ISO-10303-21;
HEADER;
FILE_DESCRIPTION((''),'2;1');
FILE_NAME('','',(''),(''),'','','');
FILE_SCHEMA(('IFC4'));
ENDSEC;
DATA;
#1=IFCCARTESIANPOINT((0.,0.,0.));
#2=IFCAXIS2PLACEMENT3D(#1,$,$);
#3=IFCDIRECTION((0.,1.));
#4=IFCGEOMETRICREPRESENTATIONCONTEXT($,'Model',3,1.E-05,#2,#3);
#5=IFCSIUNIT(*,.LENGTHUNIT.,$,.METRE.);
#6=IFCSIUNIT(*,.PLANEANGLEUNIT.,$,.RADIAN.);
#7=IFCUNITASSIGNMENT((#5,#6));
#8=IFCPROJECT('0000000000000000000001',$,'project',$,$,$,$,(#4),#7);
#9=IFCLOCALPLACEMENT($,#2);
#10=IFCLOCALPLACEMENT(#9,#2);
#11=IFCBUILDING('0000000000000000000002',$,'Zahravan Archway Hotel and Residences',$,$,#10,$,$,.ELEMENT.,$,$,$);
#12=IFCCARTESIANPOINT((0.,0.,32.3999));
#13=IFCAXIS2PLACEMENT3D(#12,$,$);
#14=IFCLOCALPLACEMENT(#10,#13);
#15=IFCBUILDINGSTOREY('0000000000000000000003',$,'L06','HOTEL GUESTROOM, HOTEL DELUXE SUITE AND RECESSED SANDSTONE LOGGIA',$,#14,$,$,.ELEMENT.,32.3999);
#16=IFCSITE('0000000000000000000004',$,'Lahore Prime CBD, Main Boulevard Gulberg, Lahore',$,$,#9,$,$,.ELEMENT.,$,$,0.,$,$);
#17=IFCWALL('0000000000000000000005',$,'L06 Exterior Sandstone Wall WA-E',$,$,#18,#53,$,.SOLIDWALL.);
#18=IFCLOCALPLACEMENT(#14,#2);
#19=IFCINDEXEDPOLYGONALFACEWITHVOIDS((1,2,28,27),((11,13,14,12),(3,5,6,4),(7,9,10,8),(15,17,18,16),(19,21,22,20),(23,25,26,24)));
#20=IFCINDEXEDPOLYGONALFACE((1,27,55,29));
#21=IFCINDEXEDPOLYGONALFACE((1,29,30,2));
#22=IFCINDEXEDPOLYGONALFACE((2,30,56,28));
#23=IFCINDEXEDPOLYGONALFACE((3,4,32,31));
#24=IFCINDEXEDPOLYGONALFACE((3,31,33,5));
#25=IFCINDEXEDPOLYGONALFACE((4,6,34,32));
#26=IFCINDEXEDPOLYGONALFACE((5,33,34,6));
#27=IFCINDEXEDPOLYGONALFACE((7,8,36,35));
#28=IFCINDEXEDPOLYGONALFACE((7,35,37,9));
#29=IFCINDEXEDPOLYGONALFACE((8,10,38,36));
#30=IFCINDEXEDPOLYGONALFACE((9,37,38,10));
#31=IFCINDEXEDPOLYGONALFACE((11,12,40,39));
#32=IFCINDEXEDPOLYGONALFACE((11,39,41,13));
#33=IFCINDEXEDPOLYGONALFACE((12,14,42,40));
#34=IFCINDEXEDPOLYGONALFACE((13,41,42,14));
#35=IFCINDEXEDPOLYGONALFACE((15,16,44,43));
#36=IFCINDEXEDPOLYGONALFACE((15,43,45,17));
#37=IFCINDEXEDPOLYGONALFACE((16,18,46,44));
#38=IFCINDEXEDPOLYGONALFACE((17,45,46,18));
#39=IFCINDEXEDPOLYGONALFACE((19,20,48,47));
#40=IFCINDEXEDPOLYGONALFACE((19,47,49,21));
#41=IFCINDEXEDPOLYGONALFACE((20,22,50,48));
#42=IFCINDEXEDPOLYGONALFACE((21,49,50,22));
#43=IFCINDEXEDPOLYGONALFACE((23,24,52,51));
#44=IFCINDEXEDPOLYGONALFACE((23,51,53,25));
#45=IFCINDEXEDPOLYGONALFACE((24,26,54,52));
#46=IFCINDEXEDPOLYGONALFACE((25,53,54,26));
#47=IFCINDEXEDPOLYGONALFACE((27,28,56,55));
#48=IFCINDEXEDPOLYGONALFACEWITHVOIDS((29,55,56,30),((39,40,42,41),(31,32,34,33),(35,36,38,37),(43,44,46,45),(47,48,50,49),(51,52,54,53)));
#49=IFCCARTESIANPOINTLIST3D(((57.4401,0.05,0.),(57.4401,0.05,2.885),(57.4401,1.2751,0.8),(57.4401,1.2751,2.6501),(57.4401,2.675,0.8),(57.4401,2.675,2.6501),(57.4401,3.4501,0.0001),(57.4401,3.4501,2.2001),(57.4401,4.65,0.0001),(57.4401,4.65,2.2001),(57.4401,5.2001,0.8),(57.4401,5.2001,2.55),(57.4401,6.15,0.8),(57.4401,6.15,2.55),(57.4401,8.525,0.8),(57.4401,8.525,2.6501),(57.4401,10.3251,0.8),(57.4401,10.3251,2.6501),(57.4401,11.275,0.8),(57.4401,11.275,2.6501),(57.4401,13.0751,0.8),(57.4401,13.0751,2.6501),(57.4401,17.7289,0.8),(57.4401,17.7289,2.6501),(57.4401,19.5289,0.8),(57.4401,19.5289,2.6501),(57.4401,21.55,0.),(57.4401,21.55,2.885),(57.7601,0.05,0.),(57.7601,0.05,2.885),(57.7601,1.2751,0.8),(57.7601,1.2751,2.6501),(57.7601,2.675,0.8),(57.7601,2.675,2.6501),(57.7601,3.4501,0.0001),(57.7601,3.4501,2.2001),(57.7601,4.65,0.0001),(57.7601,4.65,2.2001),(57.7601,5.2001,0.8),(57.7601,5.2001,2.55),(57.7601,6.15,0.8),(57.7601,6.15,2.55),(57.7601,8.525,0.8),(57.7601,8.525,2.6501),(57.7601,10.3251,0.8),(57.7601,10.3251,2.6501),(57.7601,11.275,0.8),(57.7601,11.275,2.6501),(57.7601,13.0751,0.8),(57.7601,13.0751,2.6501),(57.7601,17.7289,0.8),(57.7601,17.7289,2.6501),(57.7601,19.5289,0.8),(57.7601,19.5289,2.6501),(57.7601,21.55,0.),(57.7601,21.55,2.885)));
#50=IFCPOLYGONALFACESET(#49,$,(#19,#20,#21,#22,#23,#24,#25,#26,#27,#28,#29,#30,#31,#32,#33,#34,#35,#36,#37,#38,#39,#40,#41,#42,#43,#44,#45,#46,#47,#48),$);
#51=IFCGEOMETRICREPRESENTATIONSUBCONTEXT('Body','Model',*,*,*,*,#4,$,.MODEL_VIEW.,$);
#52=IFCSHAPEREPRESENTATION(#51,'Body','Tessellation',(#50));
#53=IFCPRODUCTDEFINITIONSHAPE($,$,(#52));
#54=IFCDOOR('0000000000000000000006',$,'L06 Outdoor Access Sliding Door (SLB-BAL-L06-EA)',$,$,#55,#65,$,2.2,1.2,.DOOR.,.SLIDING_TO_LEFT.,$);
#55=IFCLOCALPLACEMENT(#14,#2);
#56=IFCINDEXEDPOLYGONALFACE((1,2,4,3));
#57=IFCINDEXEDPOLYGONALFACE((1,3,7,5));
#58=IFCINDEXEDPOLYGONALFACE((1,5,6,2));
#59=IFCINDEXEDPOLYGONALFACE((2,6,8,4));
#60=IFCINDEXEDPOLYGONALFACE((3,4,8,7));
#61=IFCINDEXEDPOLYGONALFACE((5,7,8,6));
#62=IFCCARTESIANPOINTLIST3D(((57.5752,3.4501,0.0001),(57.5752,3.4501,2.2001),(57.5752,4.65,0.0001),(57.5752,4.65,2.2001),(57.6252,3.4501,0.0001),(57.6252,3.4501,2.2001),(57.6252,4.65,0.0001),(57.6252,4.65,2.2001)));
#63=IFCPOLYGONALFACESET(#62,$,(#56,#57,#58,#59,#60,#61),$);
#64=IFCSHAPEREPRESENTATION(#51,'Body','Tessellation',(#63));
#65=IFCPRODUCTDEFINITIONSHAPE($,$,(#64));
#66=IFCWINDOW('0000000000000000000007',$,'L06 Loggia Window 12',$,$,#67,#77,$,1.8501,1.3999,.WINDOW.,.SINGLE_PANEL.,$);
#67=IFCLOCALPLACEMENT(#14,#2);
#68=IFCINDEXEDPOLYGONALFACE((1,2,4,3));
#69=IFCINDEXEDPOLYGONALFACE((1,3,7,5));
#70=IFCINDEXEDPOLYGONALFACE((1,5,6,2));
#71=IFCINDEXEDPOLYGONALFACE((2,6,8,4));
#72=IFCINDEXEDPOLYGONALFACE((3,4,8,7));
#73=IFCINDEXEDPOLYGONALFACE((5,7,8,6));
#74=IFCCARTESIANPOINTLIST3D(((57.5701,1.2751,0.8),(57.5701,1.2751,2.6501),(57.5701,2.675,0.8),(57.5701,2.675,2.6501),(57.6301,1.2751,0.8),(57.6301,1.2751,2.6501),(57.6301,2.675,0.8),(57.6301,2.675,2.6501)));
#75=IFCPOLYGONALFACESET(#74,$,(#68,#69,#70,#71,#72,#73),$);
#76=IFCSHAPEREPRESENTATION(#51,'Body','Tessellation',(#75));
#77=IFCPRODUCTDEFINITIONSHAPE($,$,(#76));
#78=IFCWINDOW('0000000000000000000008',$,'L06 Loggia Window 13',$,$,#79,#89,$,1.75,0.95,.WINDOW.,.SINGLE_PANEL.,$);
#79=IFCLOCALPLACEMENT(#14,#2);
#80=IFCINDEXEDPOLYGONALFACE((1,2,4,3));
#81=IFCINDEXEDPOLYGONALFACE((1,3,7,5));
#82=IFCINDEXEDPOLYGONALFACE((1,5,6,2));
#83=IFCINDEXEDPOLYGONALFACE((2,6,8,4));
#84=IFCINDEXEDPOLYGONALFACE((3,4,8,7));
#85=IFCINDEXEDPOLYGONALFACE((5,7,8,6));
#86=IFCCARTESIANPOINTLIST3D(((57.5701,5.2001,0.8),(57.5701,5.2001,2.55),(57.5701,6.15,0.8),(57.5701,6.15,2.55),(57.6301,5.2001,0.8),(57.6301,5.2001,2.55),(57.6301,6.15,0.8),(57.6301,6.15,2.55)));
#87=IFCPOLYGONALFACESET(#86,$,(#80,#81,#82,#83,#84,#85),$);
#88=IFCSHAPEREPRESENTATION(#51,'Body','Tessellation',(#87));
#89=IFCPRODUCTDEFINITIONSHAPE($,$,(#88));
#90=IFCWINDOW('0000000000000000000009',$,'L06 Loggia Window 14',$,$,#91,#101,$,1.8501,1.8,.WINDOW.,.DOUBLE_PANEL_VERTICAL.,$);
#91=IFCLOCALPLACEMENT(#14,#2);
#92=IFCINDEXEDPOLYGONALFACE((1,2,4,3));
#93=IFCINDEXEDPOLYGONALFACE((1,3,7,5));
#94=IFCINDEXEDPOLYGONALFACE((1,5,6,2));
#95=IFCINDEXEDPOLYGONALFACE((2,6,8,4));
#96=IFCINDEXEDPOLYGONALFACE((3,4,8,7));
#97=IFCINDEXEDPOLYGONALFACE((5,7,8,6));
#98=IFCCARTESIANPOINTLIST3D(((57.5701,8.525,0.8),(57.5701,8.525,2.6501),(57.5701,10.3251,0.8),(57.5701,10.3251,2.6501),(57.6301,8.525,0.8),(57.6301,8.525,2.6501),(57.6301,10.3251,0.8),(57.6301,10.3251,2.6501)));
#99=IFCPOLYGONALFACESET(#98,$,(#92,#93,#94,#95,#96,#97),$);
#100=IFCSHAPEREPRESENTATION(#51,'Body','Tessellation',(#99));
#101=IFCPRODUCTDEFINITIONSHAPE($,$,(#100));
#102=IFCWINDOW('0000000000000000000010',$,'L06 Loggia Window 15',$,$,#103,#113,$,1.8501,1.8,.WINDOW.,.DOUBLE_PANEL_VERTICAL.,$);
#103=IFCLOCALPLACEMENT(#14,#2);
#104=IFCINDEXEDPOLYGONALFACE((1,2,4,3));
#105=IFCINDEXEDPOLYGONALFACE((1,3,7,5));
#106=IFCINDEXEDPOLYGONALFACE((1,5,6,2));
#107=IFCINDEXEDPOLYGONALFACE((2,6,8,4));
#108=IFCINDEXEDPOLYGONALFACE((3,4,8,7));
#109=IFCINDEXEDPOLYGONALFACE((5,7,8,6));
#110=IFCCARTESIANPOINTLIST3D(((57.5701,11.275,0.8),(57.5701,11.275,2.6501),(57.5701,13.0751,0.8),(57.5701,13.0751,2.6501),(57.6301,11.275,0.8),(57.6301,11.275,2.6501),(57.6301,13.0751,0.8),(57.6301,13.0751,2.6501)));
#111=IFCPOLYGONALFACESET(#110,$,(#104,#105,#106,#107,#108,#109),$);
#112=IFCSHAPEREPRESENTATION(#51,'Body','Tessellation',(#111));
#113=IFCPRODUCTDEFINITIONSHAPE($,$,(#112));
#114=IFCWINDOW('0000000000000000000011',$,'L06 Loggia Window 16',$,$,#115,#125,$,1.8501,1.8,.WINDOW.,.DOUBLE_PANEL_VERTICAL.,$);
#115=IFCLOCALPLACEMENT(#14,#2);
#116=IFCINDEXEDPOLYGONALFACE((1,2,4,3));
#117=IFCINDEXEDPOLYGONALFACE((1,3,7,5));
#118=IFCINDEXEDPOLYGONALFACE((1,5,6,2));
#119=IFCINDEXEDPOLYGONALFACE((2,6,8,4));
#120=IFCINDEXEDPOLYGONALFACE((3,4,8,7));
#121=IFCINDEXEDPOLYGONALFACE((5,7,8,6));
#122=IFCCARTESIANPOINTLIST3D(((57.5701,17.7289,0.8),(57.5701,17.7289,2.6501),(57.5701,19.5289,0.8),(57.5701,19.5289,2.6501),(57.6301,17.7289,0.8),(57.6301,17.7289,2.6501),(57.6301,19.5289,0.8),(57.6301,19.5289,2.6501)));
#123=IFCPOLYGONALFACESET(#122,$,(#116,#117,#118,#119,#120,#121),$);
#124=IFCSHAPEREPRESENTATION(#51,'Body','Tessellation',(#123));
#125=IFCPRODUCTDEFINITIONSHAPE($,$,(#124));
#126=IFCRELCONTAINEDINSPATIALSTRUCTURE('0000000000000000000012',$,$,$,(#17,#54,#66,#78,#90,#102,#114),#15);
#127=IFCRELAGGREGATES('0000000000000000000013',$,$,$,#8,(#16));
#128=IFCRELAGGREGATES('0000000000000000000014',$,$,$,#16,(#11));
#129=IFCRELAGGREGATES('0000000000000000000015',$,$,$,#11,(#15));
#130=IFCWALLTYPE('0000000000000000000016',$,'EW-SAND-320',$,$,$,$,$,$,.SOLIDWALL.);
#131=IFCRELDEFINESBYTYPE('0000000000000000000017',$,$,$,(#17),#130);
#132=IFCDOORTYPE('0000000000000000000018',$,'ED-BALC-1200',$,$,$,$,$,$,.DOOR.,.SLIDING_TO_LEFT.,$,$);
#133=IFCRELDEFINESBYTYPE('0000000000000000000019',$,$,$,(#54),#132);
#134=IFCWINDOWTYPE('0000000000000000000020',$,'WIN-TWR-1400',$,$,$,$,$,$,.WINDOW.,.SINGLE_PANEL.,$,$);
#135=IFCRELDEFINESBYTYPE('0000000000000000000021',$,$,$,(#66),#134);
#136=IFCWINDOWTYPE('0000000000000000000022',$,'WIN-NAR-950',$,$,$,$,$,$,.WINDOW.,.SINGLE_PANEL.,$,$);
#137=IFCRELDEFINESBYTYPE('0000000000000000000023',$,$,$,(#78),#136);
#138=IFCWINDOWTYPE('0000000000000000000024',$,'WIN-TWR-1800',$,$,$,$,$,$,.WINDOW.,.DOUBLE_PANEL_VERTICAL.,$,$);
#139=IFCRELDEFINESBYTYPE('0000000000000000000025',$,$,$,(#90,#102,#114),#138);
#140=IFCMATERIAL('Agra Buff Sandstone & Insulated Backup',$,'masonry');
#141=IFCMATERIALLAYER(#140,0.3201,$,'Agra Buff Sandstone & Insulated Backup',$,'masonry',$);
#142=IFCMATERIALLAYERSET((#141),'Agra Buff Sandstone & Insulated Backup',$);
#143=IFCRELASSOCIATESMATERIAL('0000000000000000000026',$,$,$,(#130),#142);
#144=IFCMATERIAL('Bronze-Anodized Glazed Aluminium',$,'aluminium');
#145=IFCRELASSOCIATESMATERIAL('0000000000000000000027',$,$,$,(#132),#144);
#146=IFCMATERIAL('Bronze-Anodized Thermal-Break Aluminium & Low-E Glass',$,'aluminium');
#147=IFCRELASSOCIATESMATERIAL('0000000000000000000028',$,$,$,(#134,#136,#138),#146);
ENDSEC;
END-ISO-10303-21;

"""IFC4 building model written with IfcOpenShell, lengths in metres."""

from ifc_helpers import new_model, si_unit, direction, frame, frame_2d, origin, place, context, subcontext, project, spatial, rectangle, extrude, source, transform, mapped, material, layer, layer_set, type_object, type_shapes, element, fill, save


model = new_model("IFC4")

# Units and contexts
model_context = context("Model", 3, precision=1e-05, world=origin(), true_north=direction((0.0, 1.0)))
body_context = subcontext(model_context, "Body", "Model", "MODEL_VIEW")
ifc_project = project(units=[si_unit("LENGTHUNIT", "METRE"), si_unit("PLANEANGLEUNIT", "RADIAN")], contexts=[model_context])

# Site, building, storey
site_placement = place(None, origin())
site = spatial("IfcSite", under=ifc_project, at=site_placement, Name="Lahore Prime CBD, Main Boulevard Gulberg, Lahore", CompositionType="ELEMENT", RefElevation=0.0)
building_placement = place(site_placement, origin())
building = spatial("IfcBuilding", under=site, at=building_placement, Name="Zahravan Archway Hotel and Residences", CompositionType="ELEMENT")
storey_placement = place(building_placement, frame((0.0, 0.0, 32.3999)))
storey = spatial("IfcBuildingStorey", under=building, at=storey_placement, Name="L06", Description="HOTEL GUESTROOM, HOTEL DELUXE SUITE AND RECESSED SANDSTONE LOGGIA", CompositionType="ELEMENT", Elevation=32.3999)

# Wall, openings, door, windows
ifc_material_1 = material(Name="Agra Buff Sandstone & Insulated Backup", Category="masonry")
ifc_layer_1 = layer(ifc_material_1, 0.3201, Name="Agra Buff Sandstone & Insulated Backup", Category="masonry")
ifc_layer_set_1 = layer_set([ifc_layer_1], Name="Agra Buff Sandstone & Insulated Backup")
wall_type_1 = type_object("IfcWallType", Name="EW-SAND-320", PredefinedType="SOLIDWALL", material=ifc_layer_set_1)
wall_1_placement = place(storey_placement, frame((57.6001, 0.05, 0.0), z_axis=(0.0, 0.0, 1.0), x_axis=(0.0, 1.0, 0.0)))
wall_1 = element("IfcWall", 1, at=wall_1_placement, inside=storey, type_object=wall_type_1, Name="L06 Exterior Sandstone Wall WA-E", PredefinedType="SOLIDWALL", context=body_context, shape_type="SweptSolid", body=[
    extrude(rectangle(XDim=21.5, YDim=0.3201, at=frame_2d((10.75, 0.0))), origin(), (0.0, 0.0, 1.0), 2.885),
])
opening_1_placement = place(wall_1_placement, frame((3.3999, 0.0, 0.0)))
opening_1 = element("IfcOpeningElement", 2, at=opening_1_placement, cuts=wall_1, PredefinedType="OPENING", context=body_context, shape_type="SweptSolid", body=[
    extrude(rectangle(XDim=1.2, YDim=2.2, at=frame_2d((0.6001, 1.1001))), frame((0.0, 0.1699, 0.0), z_axis=(0.0, -1.0, 0.0), x_axis=(1.0, 0.0, 0.0)), (0.0, 0.0, 1.0), 0.3401),
])
opening_2_placement = place(wall_1_placement, frame((1.2251, 0.0, 0.8)))
opening_2 = element("IfcOpeningElement", 3, at=opening_2_placement, cuts=wall_1, PredefinedType="OPENING", context=body_context, shape_type="SweptSolid", body=[
    extrude(rectangle(XDim=1.3999, YDim=1.8501, at=frame_2d((0.7, 0.925))), frame((0.0, 0.1699, 0.0), z_axis=(0.0, -1.0, 0.0), x_axis=(1.0, 0.0, 0.0)), (0.0, 0.0, 1.0), 0.3401),
])
opening_3_placement = place(wall_1_placement, frame((5.1499, 0.0, 0.8)))
opening_3 = element("IfcOpeningElement", 4, at=opening_3_placement, cuts=wall_1, PredefinedType="OPENING", context=body_context, shape_type="SweptSolid", body=[
    extrude(rectangle(XDim=0.95, YDim=1.75, at=frame_2d((0.4751, 0.875))), frame((0.0, 0.1699, 0.0), z_axis=(0.0, -1.0, 0.0), x_axis=(1.0, 0.0, 0.0)), (0.0, 0.0, 1.0), 0.3401),
])
opening_4_placement = place(wall_1_placement, frame((8.4751, 0.0, 0.8)))
opening_4 = element("IfcOpeningElement", 5, at=opening_4_placement, cuts=wall_1, PredefinedType="OPENING", context=body_context, shape_type="SweptSolid", body=[
    extrude(rectangle(XDim=1.8, YDim=1.8501, at=frame_2d((0.8999, 0.925))), frame((0.0, 0.1699, 0.0), z_axis=(0.0, -1.0, 0.0), x_axis=(1.0, 0.0, 0.0)), (0.0, 0.0, 1.0), 0.3401),
])
opening_5_placement = place(wall_1_placement, frame((11.2251, 0.0, 0.8)))
opening_5 = element("IfcOpeningElement", 6, at=opening_5_placement, cuts=wall_1, PredefinedType="OPENING", context=body_context, shape_type="SweptSolid", body=[
    extrude(rectangle(XDim=1.8, YDim=1.8501, at=frame_2d((0.8999, 0.925))), frame((0.0, 0.1699, 0.0), z_axis=(0.0, -1.0, 0.0), x_axis=(1.0, 0.0, 0.0)), (0.0, 0.0, 1.0), 0.3401),
])
opening_6_placement = place(wall_1_placement, frame((17.679, 0.0, 0.8)))
opening_6 = element("IfcOpeningElement", 7, at=opening_6_placement, cuts=wall_1, PredefinedType="OPENING", context=body_context, shape_type="SweptSolid", body=[
    extrude(rectangle(XDim=1.8, YDim=1.8501, at=frame_2d((0.8999, 0.925))), frame((0.0, 0.1699, 0.0), z_axis=(0.0, -1.0, 0.0), x_axis=(1.0, 0.0, 0.0)), (0.0, 0.0, 1.0), 0.3401),
])
ifc_material_2 = material(Name="Bronze-Anodized Glazed Aluminium", Category="aluminium")
door_type_1 = type_object("IfcDoorType", Name="ED-BALC-1200", OperationType="SLIDING_TO_LEFT", PredefinedType="DOOR", material=ifc_material_2)
shared_shape_1 = source(origin(), body_context, "Body", "SweptSolid", [
    extrude(rectangle(XDim=1.2, YDim=2.2, at=frame_2d((0.6001, 1.1001))), frame((0.0, 0.0249, 0.0), z_axis=(0.0, -1.0, 0.0), x_axis=(1.0, 0.0, 0.0)), (0.0, 0.0, 1.0), 0.05),
])
type_shapes(door_type_1, [shared_shape_1])
door_1_placement = place(opening_1_placement, origin())
door_1 = element("IfcDoor", 8, at=door_1_placement, inside=storey, type_object=door_type_1, Name="L06 Outdoor Access Sliding Door (SLB-BAL-L06-EA)", OperationType="SLIDING_TO_LEFT", OverallHeight=2.2, OverallWidth=1.2, PredefinedType="DOOR", context=body_context, shape_type="MappedRepresentation", body=[
    mapped(shared_shape_1, transform((0.0, 0.0, 0.0), scale=1.0)),
])
fill(opening_1, door_1)
ifc_material_3 = material(Name="Bronze-Anodized Thermal-Break Aluminium & Low-E Glass", Category="aluminium")
window_type_1 = type_object("IfcWindowType", Name="WIN-TWR-1400", PartitioningType="SINGLE_PANEL", PredefinedType="WINDOW", material=ifc_material_3)
shared_shape_2 = source(origin(), body_context, "Body", "SweptSolid", [
    extrude(rectangle(XDim=1.3999, YDim=1.8501, at=frame_2d((0.7, 0.925))), frame((0.0, 0.03, 0.0), z_axis=(0.0, -1.0, 0.0), x_axis=(1.0, 0.0, 0.0)), (0.0, 0.0, 1.0), 0.0601),
])
type_shapes(window_type_1, [shared_shape_2])
window_1_placement = place(opening_2_placement, origin())
window_1 = element("IfcWindow", 9, at=window_1_placement, inside=storey, type_object=window_type_1, Name="L06 Loggia Window 12", OverallHeight=1.8501, OverallWidth=1.3999, PartitioningType="SINGLE_PANEL", PredefinedType="WINDOW", context=body_context, shape_type="MappedRepresentation", body=[
    mapped(shared_shape_2, transform((0.0, 0.0, 0.0), scale=1.0)),
])
fill(opening_2, window_1)
window_type_2 = type_object("IfcWindowType", Name="WIN-NAR-950", PartitioningType="SINGLE_PANEL", PredefinedType="WINDOW", material=ifc_material_3)
shared_shape_3 = source(origin(), body_context, "Body", "SweptSolid", [
    extrude(rectangle(XDim=0.95, YDim=1.75, at=frame_2d((0.4751, 0.875))), frame((0.0, 0.03, 0.0), z_axis=(0.0, -1.0, 0.0), x_axis=(1.0, 0.0, 0.0)), (0.0, 0.0, 1.0), 0.0601),
])
type_shapes(window_type_2, [shared_shape_3])
window_2_placement = place(opening_3_placement, origin())
window_2 = element("IfcWindow", 10, at=window_2_placement, inside=storey, type_object=window_type_2, Name="L06 Loggia Window 13", OverallHeight=1.75, OverallWidth=0.95, PartitioningType="SINGLE_PANEL", PredefinedType="WINDOW", context=body_context, shape_type="MappedRepresentation", body=[
    mapped(shared_shape_3, transform((0.0, 0.0, 0.0), scale=1.0)),
])
fill(opening_3, window_2)
window_type_3 = type_object("IfcWindowType", Name="WIN-TWR-1800", PartitioningType="DOUBLE_PANEL_VERTICAL", PredefinedType="WINDOW", material=ifc_material_3)
shared_shape_4 = source(origin(), body_context, "Body", "SweptSolid", [
    extrude(rectangle(XDim=1.8, YDim=1.8501, at=frame_2d((0.8999, 0.925))), frame((0.0, 0.03, 0.0), z_axis=(0.0, -1.0, 0.0), x_axis=(1.0, 0.0, 0.0)), (0.0, 0.0, 1.0), 0.0601),
])
type_shapes(window_type_3, [shared_shape_4])
window_3_placement = place(opening_4_placement, origin())
window_3 = element("IfcWindow", 11, at=window_3_placement, inside=storey, type_object=window_type_3, Name="L06 Loggia Window 14", OverallHeight=1.8501, OverallWidth=1.8, PartitioningType="DOUBLE_PANEL_VERTICAL", PredefinedType="WINDOW", context=body_context, shape_type="MappedRepresentation", body=[
    mapped(shared_shape_4, transform((0.0, 0.0, 0.0), scale=1.0)),
])
fill(opening_4, window_3)
window_4_placement = place(opening_5_placement, origin())
window_4 = element("IfcWindow", 12, at=window_4_placement, inside=storey, type_object=window_type_3, Name="L06 Loggia Window 15", OverallHeight=1.8501, OverallWidth=1.8, PartitioningType="DOUBLE_PANEL_VERTICAL", PredefinedType="WINDOW", context=body_context, shape_type="MappedRepresentation", body=[
    mapped(shared_shape_4, transform((0.0, 0.0, 0.0), scale=1.0)),
])
fill(opening_5, window_4)
window_5_placement = place(opening_6_placement, origin())
window_5 = element("IfcWindow", 13, at=window_5_placement, inside=storey, type_object=window_type_3, Name="L06 Loggia Window 16", OverallHeight=1.8501, OverallWidth=1.8, PartitioningType="DOUBLE_PANEL_VERTICAL", PredefinedType="WINDOW", context=body_context, shape_type="MappedRepresentation", body=[
    mapped(shared_shape_4, transform((0.0, 0.0, 0.0), scale=1.0)),
])
fill(opening_6, window_5)

save(model, "model.ifc")
